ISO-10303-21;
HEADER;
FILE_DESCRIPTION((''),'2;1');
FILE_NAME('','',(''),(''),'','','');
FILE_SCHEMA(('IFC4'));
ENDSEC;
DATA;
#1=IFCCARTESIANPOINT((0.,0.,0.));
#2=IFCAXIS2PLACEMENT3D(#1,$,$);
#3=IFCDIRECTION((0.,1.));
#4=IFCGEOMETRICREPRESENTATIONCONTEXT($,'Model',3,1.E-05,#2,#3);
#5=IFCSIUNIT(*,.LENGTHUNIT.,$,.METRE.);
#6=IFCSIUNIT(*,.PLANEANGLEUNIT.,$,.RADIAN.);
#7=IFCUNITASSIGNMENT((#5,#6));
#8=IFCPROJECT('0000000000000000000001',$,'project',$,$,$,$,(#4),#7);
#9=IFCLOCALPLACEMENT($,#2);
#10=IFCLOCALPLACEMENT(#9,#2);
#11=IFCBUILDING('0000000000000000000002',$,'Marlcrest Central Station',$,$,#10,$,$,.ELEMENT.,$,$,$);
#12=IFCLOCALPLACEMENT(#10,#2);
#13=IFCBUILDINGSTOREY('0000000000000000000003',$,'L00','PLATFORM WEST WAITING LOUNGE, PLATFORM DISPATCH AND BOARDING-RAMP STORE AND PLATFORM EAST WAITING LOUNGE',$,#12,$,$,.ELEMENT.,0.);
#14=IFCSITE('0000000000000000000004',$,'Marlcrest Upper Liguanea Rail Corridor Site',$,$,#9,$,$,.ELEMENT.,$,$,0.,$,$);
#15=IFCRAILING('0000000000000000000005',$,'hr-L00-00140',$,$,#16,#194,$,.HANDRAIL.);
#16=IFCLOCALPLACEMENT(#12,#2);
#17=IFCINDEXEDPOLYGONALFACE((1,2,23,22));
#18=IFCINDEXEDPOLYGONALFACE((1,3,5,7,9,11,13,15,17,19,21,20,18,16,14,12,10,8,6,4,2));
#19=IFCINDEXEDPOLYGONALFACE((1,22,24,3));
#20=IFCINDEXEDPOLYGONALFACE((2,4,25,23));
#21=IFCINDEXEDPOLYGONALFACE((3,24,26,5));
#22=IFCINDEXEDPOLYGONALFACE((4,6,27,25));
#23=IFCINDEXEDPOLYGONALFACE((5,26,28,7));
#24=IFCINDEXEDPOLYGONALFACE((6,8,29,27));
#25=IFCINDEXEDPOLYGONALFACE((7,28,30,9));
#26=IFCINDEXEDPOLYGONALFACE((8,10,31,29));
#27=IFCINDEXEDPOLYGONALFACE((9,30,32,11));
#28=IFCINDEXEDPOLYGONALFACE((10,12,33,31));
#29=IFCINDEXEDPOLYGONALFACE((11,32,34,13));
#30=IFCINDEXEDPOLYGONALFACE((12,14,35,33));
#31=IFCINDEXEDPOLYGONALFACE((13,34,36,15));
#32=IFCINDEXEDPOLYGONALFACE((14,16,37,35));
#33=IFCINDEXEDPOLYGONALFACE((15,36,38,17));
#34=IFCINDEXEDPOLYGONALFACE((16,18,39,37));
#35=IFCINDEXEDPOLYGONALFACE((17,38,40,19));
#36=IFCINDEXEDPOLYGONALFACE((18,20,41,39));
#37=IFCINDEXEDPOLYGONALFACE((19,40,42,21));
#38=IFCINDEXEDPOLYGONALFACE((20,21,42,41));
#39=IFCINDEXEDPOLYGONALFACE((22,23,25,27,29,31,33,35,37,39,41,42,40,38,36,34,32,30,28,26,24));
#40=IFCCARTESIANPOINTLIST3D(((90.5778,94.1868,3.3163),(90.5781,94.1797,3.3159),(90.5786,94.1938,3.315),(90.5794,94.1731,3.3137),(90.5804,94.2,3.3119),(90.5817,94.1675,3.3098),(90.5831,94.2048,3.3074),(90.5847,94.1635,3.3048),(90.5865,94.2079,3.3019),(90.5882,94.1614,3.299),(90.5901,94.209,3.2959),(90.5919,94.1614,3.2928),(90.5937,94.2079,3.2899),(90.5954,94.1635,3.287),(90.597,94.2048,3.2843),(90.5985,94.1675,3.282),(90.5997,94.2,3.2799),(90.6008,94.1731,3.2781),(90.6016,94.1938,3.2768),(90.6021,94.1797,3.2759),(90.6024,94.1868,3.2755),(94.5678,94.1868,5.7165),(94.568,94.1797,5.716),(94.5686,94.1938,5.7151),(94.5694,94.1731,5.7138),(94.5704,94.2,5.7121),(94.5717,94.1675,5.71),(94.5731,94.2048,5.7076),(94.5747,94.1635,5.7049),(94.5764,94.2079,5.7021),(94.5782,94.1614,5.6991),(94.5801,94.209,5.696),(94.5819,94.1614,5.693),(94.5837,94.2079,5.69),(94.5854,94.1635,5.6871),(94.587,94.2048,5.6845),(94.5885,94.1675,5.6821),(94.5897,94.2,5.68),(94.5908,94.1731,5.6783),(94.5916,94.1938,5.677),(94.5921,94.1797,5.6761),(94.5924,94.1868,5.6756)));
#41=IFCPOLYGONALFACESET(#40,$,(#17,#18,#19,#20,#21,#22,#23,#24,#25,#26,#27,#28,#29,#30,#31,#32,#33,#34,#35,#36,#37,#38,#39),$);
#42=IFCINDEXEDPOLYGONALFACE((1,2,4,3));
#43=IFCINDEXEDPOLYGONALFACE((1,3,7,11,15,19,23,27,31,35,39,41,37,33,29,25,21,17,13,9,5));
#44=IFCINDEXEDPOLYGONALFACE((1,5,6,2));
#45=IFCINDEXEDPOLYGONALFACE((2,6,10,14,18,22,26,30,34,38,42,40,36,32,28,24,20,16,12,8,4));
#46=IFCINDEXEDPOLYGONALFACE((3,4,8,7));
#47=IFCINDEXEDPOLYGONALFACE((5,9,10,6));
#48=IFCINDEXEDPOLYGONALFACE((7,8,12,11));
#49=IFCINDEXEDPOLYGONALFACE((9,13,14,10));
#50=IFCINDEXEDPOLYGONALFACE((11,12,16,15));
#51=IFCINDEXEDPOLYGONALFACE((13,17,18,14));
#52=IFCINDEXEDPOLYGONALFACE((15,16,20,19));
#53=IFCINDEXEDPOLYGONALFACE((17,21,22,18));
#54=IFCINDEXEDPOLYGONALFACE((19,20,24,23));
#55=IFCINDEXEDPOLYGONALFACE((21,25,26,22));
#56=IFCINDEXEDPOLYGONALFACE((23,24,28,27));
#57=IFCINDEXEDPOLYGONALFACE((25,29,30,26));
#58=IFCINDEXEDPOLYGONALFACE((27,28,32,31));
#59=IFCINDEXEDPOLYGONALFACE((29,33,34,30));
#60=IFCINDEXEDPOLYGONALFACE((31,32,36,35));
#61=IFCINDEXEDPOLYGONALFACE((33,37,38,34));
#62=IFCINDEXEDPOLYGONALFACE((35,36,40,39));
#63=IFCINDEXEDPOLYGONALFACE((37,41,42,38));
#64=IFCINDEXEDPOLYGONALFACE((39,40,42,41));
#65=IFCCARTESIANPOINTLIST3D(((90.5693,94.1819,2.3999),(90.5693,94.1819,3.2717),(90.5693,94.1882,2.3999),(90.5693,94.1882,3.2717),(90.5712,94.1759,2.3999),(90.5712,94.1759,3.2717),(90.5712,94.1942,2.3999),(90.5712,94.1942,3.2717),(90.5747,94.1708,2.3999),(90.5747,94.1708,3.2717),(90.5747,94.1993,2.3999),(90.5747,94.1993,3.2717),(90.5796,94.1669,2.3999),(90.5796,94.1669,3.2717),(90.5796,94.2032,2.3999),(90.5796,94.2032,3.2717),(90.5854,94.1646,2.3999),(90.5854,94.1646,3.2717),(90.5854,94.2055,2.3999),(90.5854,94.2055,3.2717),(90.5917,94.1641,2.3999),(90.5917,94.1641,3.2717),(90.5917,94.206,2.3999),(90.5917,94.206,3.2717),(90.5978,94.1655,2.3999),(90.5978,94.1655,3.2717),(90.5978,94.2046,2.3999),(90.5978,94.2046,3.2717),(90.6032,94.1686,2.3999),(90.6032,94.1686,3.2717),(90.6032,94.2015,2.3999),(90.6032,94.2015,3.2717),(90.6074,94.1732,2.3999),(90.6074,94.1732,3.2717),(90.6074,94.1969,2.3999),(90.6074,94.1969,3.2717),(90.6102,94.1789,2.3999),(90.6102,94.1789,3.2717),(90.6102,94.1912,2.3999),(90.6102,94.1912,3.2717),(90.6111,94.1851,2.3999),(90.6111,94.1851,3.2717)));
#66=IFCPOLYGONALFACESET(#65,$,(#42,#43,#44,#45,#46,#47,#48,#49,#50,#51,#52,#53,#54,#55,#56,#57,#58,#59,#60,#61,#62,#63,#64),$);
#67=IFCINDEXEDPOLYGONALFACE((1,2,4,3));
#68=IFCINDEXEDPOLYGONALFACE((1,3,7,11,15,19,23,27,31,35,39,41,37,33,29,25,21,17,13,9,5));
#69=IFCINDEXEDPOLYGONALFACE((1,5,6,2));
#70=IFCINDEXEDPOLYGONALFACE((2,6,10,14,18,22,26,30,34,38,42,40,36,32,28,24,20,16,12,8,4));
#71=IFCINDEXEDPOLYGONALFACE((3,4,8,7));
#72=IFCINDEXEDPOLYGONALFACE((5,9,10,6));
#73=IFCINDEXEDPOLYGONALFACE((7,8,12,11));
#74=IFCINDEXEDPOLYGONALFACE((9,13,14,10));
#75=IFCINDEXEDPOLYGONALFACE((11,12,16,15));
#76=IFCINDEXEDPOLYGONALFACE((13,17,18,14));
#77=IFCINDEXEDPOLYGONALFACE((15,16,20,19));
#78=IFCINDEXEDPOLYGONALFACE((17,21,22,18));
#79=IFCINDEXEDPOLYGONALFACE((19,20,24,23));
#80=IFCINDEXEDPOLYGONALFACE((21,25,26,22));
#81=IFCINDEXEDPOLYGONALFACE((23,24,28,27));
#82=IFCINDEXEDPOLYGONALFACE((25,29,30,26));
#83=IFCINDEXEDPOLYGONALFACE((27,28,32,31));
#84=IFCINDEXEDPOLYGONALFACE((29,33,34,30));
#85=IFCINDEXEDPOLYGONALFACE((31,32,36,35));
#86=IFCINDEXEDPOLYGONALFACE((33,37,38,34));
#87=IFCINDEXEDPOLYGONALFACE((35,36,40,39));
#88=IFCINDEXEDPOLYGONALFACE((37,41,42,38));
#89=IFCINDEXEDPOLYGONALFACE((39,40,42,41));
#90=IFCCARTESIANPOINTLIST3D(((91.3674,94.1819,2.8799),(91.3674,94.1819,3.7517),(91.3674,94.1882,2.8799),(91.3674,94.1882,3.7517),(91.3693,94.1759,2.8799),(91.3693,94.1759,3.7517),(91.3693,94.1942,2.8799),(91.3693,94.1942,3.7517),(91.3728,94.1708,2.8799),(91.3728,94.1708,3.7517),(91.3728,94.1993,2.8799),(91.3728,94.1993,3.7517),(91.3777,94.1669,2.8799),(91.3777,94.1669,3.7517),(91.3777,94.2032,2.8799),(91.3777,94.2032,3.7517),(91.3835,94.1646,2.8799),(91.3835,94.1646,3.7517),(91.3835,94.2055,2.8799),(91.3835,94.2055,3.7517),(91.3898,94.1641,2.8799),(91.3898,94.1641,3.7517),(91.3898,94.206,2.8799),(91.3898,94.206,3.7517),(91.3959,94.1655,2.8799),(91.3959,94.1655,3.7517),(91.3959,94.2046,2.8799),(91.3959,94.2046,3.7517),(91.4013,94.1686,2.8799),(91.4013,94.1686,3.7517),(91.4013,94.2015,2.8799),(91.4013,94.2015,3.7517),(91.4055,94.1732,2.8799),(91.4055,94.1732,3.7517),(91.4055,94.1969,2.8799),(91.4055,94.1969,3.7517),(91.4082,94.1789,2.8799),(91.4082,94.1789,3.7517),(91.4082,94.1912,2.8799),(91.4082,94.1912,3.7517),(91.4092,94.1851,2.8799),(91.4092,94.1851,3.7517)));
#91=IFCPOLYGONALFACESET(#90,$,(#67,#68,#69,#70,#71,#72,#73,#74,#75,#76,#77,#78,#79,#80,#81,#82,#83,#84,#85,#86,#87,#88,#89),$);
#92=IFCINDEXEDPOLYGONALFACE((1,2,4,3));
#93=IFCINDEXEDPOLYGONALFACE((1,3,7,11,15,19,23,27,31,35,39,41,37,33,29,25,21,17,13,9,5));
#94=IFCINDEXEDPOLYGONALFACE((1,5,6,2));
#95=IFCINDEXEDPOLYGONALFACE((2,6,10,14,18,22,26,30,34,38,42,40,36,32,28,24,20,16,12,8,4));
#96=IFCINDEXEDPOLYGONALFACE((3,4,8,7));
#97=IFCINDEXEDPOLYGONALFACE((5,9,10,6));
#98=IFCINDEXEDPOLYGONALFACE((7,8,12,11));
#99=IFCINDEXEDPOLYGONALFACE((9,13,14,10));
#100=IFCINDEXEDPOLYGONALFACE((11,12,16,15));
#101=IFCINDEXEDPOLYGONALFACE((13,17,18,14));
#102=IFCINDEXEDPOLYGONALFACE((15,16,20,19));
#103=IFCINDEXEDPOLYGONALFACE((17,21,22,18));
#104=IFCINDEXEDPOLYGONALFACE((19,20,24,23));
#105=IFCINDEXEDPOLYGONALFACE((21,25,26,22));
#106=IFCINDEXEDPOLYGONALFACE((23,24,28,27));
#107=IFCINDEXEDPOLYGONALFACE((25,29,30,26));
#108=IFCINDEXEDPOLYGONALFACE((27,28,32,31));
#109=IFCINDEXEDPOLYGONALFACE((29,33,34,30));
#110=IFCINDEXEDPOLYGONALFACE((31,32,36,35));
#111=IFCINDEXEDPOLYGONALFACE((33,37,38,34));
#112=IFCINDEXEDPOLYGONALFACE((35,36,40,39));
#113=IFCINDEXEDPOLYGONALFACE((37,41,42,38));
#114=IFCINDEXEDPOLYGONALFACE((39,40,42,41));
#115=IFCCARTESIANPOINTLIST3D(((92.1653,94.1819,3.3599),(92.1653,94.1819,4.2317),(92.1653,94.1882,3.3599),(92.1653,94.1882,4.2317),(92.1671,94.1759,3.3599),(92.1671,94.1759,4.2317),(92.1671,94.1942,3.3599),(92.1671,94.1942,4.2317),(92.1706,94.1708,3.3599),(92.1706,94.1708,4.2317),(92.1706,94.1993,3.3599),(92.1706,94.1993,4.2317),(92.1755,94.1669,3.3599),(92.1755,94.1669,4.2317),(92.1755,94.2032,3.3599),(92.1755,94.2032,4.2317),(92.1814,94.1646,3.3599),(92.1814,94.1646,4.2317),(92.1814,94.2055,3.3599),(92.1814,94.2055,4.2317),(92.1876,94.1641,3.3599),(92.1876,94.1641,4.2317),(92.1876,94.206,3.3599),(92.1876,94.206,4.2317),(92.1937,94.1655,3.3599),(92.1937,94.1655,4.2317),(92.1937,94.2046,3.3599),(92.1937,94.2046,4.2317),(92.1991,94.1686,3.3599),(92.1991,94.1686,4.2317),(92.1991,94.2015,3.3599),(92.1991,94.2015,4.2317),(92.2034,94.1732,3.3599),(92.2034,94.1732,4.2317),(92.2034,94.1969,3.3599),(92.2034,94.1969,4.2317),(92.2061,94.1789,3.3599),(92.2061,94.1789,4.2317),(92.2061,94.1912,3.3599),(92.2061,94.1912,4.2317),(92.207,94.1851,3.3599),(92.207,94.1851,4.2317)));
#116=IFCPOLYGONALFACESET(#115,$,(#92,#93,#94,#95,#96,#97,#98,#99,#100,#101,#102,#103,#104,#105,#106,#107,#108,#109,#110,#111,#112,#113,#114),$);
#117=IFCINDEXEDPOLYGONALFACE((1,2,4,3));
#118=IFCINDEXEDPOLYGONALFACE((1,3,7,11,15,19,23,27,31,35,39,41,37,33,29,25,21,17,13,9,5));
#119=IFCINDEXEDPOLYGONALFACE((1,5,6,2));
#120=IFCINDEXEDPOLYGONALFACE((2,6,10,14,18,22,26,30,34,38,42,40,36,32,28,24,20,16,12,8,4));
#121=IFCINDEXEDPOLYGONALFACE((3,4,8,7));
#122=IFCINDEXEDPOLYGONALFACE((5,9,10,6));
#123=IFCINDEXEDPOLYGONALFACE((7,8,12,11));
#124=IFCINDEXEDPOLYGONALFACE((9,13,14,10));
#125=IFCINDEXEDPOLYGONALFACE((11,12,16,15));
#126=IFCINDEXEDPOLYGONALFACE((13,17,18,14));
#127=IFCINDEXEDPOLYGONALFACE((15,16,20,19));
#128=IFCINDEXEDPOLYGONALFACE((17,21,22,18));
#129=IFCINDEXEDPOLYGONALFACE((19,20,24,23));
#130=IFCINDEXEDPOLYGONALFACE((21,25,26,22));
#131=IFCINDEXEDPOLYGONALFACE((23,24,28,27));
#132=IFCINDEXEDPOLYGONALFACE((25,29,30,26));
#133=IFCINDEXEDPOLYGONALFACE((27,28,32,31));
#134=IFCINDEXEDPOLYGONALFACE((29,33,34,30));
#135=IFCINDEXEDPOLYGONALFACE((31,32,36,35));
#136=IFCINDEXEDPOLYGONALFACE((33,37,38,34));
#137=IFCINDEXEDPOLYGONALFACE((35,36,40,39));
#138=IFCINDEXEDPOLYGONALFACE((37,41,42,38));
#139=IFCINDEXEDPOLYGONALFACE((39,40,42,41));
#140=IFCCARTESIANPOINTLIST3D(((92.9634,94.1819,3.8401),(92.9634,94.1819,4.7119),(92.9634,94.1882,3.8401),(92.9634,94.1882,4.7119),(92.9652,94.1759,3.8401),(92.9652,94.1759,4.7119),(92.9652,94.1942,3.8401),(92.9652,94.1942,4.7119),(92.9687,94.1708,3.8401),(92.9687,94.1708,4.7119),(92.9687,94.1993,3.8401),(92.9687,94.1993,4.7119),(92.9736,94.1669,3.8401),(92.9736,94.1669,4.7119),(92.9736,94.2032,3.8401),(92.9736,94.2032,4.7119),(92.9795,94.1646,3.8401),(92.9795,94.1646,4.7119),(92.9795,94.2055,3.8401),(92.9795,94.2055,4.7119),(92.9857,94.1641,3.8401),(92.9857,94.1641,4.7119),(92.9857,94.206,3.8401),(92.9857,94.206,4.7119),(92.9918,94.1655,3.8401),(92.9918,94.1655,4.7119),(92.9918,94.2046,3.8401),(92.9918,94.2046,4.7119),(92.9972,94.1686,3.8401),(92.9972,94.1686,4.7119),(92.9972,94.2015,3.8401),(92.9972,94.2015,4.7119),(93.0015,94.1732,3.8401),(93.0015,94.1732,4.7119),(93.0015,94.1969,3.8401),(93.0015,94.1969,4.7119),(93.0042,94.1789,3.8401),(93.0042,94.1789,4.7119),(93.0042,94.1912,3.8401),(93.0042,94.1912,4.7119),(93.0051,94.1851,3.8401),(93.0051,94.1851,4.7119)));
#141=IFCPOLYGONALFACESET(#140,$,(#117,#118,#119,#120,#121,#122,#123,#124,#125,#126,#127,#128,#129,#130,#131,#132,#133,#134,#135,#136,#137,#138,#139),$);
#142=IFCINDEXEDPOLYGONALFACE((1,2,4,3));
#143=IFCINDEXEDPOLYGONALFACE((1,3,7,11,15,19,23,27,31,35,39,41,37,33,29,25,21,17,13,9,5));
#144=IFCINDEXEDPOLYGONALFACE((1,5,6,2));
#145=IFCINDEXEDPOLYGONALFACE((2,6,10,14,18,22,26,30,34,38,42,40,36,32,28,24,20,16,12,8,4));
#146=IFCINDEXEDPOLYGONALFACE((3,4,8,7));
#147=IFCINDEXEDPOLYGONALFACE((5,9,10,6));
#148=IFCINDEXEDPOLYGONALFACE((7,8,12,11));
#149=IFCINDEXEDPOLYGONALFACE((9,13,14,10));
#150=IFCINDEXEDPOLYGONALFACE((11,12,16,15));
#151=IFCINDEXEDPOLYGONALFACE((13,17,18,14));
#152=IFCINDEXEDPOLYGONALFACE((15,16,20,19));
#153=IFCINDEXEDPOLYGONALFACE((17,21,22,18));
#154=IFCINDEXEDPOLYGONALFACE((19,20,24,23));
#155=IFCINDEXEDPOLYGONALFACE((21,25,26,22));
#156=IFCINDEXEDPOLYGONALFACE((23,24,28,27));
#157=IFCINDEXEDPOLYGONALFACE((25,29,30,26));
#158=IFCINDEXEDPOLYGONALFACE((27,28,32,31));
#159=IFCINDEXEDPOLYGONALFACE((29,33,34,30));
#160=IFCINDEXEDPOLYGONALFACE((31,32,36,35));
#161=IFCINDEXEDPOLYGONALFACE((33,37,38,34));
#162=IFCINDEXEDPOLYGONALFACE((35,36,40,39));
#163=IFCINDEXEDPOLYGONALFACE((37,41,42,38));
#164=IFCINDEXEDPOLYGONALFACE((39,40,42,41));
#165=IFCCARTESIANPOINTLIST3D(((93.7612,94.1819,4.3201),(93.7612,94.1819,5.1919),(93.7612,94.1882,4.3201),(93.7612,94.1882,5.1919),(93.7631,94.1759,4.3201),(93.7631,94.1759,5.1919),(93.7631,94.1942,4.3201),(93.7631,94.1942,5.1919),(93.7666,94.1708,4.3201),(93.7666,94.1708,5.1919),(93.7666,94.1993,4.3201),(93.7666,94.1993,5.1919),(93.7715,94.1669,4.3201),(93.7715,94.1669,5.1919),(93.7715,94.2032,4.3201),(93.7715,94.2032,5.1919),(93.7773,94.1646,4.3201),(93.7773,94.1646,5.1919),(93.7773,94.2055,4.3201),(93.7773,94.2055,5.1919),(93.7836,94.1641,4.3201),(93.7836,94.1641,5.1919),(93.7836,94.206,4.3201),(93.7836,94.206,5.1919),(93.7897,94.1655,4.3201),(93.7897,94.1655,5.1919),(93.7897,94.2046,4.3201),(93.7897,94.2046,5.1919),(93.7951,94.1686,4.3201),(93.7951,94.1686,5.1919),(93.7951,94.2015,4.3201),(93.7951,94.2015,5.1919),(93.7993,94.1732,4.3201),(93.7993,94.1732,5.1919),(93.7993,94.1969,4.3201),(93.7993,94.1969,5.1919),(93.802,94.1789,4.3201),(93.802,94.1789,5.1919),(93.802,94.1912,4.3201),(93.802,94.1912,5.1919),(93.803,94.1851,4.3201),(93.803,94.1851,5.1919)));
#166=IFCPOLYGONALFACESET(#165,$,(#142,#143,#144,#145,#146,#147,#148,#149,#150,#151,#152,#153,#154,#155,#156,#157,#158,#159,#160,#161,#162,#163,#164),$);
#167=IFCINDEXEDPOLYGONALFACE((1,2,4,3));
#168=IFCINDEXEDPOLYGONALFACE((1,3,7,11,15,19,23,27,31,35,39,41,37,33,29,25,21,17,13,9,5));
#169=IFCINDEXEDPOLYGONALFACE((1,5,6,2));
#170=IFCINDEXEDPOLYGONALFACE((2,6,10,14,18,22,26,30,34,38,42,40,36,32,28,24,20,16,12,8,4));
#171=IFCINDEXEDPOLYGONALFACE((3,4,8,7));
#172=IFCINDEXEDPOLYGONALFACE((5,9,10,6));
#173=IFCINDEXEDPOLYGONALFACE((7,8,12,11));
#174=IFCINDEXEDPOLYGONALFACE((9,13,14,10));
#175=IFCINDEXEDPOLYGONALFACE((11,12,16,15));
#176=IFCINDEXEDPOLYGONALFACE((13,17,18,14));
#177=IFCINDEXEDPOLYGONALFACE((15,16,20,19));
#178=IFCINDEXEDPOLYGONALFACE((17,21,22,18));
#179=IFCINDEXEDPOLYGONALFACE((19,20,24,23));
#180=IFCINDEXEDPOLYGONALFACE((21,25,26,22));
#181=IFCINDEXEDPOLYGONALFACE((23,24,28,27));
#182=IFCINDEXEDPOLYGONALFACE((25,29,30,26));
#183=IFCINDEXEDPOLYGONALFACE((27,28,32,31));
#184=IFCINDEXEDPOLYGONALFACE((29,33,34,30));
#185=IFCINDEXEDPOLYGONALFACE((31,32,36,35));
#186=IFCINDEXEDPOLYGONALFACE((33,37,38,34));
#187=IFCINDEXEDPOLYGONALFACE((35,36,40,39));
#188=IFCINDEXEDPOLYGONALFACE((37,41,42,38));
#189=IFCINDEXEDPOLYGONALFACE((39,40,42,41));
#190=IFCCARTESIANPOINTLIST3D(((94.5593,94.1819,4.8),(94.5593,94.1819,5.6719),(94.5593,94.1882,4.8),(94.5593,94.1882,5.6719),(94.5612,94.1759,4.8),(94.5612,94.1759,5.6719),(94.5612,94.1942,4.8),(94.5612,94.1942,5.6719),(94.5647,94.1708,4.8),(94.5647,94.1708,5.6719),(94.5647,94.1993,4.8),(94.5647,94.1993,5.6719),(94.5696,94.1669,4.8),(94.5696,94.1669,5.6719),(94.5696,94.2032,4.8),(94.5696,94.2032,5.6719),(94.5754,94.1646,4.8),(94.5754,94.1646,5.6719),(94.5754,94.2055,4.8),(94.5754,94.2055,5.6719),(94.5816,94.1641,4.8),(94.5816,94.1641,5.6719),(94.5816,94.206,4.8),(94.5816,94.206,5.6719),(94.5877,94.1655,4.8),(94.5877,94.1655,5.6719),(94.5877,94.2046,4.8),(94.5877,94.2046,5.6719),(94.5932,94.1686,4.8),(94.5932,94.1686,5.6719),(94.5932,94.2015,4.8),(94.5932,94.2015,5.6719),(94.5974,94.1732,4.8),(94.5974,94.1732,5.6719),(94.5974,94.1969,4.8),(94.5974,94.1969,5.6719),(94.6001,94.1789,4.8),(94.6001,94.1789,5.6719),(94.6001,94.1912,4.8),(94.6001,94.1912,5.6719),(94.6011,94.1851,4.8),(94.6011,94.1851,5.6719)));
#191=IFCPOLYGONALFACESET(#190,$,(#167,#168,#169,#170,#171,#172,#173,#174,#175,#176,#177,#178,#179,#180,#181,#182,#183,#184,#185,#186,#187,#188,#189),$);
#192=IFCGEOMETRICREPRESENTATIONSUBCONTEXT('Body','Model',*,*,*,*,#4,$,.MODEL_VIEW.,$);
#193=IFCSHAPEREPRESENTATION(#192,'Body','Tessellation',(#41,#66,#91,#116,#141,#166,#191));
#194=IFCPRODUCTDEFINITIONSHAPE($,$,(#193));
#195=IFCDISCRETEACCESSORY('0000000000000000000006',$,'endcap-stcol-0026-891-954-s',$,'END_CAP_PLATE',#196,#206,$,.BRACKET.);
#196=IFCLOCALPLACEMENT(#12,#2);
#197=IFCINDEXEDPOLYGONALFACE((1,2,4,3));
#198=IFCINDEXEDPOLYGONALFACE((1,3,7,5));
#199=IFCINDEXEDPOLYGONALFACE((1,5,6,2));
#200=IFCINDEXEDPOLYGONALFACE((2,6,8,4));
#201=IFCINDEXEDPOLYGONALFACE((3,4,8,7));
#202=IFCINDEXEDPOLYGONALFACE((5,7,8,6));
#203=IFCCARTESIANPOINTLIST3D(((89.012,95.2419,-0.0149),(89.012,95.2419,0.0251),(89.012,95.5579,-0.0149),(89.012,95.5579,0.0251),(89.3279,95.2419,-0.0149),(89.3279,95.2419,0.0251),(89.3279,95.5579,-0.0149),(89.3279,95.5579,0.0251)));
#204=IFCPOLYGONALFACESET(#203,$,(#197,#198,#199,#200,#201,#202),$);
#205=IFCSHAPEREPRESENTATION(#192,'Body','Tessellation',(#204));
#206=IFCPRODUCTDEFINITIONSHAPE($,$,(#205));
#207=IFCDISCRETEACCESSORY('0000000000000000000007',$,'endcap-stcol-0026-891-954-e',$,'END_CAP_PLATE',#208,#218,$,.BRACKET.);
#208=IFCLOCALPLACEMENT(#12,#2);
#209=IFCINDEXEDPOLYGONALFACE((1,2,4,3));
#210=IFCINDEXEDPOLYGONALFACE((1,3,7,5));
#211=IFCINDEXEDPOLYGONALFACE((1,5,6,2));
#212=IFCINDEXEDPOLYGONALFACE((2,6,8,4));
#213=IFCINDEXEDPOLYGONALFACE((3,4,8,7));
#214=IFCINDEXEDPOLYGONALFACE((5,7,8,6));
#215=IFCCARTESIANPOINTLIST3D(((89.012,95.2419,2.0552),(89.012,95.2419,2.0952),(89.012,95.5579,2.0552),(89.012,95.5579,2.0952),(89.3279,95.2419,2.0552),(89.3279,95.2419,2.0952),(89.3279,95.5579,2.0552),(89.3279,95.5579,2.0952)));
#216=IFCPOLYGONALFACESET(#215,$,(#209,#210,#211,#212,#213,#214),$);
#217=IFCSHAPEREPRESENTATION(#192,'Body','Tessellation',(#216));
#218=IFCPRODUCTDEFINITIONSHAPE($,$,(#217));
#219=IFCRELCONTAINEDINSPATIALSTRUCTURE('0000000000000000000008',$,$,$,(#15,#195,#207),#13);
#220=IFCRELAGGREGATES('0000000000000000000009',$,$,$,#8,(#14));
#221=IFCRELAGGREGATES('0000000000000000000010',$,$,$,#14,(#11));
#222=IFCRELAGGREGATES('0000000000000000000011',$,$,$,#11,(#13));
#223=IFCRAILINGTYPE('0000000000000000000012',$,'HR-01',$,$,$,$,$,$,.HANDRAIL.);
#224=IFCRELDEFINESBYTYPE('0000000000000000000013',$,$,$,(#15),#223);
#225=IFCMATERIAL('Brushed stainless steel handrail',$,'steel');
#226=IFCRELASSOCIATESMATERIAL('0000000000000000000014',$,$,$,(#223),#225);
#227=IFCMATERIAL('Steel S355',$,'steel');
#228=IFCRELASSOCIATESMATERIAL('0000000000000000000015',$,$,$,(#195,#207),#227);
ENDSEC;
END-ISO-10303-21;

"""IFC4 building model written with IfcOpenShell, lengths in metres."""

from ifc_helpers import new_model, si_unit, direction, frame, origin, origin_2d, place, context, subcontext, project, spatial, rectangle, circle, extrude, material, type_object, element, save


model = new_model("IFC4")

# Units and contexts
model_context = context("Model", 3, precision=1e-05, world=origin(), true_north=direction((0.0, 1.0)))
body_context = subcontext(model_context, "Body", "Model", "MODEL_VIEW")
ifc_project = project(units=[si_unit("LENGTHUNIT", "METRE"), si_unit("PLANEANGLEUNIT", "RADIAN")], contexts=[model_context])

# Site, building, storey
site_placement = place(None, origin())
site = spatial("IfcSite", under=ifc_project, at=site_placement, Name="Marlcrest Upper Liguanea Rail Corridor Site", CompositionType="ELEMENT", RefElevation=0.0)
building_placement = place(site_placement, origin())
building = spatial("IfcBuilding", under=site, at=building_placement, Name="Marlcrest Central Station", CompositionType="ELEMENT")
storey_placement = place(building_placement, origin())
storey = spatial("IfcBuildingStorey", under=building, at=storey_placement, Name="L00", Description="PLATFORM WEST WAITING LOUNGE, PLATFORM DISPATCH AND BOARDING-RAMP STORE AND PLATFORM EAST WAITING LOUNGE", CompositionType="ELEMENT", Elevation=0.0)

# Shared definitions
ifc_material_1 = material(Name="Steel S355", Category="steel")

# Railing
ifc_material_2 = material(Name="Brushed stainless steel handrail", Category="steel")
railing_type_1 = type_object("IfcRailingType", Name="HR-01", PredefinedType="HANDRAIL", material=ifc_material_2)
railing_placement = place(storey_placement, frame((90.5901, 94.1851, 2.3999)))
element("IfcRailing", 1, at=railing_placement, inside=storey, type_object=railing_type_1, Name="hr-L00-00140", PredefinedType="HANDRAIL", context=body_context, shape_type="SweptSolid", body=[
    extrude(circle(Radius=0.0239, at=origin_2d()), frame((0.0, 0.0, 0.896), z_axis=(0.856909, 0.0, 0.515467), x_axis=(0.0, 1.0, 0.0)), (0.0, 0.0, 1.0), 4.6562),
    extrude(circle(Radius=0.021, at=origin_2d()), origin(), (0.0, 0.0, 1.0), 0.8718),
    extrude(circle(Radius=0.021, at=origin_2d()), frame((0.7981, 0.0, 0.48)), (0.0, 0.0, 1.0), 0.8718),
    extrude(circle(Radius=0.021, at=origin_2d()), frame((1.5959, 0.0, 0.96)), (0.0, 0.0, 1.0), 0.8718),
    extrude(circle(Radius=0.021, at=origin_2d()), frame((2.394, 0.0, 1.4402)), (0.0, 0.0, 1.0), 0.8718),
    extrude(circle(Radius=0.021, at=origin_2d()), frame((3.1919, 0.0, 1.9202)), (0.0, 0.0, 1.0), 0.8718),
    extrude(circle(Radius=0.021, at=origin_2d()), frame((3.99, 0.0, 2.4001)), (0.0, 0.0, 1.0), 0.8718),
])

# Discrete accessories
for number, where, z_axis, x_axis, name in (
    (2, (89.1699, 95.3999, -0.0149), (0.0, 0.0, 1.0), (1.0, 0.0, 0.0), "endcap-stcol-0026-891-954-s"),
    (3, (89.1699, 95.3999, 2.0552), (0.0, 0.0, 1.0), (1.0, 0.0, 0.0), "endcap-stcol-0026-891-954-e"),
):
    element("IfcDiscreteAccessory", number, at=place(storey_placement, frame(where, z_axis=z_axis, x_axis=x_axis)), inside=storey, material=ifc_material_1, Name=name, ObjectType="END_CAP_PLATE", PredefinedType="BRACKET", context=body_context, shape_type="SweptSolid", body=[
        extrude(rectangle(XDim=0.3159, YDim=0.3159, at=origin_2d()), origin(), (0.0, 0.0, 1.0), 0.04),
    ])

save(model, "model.ifc")
